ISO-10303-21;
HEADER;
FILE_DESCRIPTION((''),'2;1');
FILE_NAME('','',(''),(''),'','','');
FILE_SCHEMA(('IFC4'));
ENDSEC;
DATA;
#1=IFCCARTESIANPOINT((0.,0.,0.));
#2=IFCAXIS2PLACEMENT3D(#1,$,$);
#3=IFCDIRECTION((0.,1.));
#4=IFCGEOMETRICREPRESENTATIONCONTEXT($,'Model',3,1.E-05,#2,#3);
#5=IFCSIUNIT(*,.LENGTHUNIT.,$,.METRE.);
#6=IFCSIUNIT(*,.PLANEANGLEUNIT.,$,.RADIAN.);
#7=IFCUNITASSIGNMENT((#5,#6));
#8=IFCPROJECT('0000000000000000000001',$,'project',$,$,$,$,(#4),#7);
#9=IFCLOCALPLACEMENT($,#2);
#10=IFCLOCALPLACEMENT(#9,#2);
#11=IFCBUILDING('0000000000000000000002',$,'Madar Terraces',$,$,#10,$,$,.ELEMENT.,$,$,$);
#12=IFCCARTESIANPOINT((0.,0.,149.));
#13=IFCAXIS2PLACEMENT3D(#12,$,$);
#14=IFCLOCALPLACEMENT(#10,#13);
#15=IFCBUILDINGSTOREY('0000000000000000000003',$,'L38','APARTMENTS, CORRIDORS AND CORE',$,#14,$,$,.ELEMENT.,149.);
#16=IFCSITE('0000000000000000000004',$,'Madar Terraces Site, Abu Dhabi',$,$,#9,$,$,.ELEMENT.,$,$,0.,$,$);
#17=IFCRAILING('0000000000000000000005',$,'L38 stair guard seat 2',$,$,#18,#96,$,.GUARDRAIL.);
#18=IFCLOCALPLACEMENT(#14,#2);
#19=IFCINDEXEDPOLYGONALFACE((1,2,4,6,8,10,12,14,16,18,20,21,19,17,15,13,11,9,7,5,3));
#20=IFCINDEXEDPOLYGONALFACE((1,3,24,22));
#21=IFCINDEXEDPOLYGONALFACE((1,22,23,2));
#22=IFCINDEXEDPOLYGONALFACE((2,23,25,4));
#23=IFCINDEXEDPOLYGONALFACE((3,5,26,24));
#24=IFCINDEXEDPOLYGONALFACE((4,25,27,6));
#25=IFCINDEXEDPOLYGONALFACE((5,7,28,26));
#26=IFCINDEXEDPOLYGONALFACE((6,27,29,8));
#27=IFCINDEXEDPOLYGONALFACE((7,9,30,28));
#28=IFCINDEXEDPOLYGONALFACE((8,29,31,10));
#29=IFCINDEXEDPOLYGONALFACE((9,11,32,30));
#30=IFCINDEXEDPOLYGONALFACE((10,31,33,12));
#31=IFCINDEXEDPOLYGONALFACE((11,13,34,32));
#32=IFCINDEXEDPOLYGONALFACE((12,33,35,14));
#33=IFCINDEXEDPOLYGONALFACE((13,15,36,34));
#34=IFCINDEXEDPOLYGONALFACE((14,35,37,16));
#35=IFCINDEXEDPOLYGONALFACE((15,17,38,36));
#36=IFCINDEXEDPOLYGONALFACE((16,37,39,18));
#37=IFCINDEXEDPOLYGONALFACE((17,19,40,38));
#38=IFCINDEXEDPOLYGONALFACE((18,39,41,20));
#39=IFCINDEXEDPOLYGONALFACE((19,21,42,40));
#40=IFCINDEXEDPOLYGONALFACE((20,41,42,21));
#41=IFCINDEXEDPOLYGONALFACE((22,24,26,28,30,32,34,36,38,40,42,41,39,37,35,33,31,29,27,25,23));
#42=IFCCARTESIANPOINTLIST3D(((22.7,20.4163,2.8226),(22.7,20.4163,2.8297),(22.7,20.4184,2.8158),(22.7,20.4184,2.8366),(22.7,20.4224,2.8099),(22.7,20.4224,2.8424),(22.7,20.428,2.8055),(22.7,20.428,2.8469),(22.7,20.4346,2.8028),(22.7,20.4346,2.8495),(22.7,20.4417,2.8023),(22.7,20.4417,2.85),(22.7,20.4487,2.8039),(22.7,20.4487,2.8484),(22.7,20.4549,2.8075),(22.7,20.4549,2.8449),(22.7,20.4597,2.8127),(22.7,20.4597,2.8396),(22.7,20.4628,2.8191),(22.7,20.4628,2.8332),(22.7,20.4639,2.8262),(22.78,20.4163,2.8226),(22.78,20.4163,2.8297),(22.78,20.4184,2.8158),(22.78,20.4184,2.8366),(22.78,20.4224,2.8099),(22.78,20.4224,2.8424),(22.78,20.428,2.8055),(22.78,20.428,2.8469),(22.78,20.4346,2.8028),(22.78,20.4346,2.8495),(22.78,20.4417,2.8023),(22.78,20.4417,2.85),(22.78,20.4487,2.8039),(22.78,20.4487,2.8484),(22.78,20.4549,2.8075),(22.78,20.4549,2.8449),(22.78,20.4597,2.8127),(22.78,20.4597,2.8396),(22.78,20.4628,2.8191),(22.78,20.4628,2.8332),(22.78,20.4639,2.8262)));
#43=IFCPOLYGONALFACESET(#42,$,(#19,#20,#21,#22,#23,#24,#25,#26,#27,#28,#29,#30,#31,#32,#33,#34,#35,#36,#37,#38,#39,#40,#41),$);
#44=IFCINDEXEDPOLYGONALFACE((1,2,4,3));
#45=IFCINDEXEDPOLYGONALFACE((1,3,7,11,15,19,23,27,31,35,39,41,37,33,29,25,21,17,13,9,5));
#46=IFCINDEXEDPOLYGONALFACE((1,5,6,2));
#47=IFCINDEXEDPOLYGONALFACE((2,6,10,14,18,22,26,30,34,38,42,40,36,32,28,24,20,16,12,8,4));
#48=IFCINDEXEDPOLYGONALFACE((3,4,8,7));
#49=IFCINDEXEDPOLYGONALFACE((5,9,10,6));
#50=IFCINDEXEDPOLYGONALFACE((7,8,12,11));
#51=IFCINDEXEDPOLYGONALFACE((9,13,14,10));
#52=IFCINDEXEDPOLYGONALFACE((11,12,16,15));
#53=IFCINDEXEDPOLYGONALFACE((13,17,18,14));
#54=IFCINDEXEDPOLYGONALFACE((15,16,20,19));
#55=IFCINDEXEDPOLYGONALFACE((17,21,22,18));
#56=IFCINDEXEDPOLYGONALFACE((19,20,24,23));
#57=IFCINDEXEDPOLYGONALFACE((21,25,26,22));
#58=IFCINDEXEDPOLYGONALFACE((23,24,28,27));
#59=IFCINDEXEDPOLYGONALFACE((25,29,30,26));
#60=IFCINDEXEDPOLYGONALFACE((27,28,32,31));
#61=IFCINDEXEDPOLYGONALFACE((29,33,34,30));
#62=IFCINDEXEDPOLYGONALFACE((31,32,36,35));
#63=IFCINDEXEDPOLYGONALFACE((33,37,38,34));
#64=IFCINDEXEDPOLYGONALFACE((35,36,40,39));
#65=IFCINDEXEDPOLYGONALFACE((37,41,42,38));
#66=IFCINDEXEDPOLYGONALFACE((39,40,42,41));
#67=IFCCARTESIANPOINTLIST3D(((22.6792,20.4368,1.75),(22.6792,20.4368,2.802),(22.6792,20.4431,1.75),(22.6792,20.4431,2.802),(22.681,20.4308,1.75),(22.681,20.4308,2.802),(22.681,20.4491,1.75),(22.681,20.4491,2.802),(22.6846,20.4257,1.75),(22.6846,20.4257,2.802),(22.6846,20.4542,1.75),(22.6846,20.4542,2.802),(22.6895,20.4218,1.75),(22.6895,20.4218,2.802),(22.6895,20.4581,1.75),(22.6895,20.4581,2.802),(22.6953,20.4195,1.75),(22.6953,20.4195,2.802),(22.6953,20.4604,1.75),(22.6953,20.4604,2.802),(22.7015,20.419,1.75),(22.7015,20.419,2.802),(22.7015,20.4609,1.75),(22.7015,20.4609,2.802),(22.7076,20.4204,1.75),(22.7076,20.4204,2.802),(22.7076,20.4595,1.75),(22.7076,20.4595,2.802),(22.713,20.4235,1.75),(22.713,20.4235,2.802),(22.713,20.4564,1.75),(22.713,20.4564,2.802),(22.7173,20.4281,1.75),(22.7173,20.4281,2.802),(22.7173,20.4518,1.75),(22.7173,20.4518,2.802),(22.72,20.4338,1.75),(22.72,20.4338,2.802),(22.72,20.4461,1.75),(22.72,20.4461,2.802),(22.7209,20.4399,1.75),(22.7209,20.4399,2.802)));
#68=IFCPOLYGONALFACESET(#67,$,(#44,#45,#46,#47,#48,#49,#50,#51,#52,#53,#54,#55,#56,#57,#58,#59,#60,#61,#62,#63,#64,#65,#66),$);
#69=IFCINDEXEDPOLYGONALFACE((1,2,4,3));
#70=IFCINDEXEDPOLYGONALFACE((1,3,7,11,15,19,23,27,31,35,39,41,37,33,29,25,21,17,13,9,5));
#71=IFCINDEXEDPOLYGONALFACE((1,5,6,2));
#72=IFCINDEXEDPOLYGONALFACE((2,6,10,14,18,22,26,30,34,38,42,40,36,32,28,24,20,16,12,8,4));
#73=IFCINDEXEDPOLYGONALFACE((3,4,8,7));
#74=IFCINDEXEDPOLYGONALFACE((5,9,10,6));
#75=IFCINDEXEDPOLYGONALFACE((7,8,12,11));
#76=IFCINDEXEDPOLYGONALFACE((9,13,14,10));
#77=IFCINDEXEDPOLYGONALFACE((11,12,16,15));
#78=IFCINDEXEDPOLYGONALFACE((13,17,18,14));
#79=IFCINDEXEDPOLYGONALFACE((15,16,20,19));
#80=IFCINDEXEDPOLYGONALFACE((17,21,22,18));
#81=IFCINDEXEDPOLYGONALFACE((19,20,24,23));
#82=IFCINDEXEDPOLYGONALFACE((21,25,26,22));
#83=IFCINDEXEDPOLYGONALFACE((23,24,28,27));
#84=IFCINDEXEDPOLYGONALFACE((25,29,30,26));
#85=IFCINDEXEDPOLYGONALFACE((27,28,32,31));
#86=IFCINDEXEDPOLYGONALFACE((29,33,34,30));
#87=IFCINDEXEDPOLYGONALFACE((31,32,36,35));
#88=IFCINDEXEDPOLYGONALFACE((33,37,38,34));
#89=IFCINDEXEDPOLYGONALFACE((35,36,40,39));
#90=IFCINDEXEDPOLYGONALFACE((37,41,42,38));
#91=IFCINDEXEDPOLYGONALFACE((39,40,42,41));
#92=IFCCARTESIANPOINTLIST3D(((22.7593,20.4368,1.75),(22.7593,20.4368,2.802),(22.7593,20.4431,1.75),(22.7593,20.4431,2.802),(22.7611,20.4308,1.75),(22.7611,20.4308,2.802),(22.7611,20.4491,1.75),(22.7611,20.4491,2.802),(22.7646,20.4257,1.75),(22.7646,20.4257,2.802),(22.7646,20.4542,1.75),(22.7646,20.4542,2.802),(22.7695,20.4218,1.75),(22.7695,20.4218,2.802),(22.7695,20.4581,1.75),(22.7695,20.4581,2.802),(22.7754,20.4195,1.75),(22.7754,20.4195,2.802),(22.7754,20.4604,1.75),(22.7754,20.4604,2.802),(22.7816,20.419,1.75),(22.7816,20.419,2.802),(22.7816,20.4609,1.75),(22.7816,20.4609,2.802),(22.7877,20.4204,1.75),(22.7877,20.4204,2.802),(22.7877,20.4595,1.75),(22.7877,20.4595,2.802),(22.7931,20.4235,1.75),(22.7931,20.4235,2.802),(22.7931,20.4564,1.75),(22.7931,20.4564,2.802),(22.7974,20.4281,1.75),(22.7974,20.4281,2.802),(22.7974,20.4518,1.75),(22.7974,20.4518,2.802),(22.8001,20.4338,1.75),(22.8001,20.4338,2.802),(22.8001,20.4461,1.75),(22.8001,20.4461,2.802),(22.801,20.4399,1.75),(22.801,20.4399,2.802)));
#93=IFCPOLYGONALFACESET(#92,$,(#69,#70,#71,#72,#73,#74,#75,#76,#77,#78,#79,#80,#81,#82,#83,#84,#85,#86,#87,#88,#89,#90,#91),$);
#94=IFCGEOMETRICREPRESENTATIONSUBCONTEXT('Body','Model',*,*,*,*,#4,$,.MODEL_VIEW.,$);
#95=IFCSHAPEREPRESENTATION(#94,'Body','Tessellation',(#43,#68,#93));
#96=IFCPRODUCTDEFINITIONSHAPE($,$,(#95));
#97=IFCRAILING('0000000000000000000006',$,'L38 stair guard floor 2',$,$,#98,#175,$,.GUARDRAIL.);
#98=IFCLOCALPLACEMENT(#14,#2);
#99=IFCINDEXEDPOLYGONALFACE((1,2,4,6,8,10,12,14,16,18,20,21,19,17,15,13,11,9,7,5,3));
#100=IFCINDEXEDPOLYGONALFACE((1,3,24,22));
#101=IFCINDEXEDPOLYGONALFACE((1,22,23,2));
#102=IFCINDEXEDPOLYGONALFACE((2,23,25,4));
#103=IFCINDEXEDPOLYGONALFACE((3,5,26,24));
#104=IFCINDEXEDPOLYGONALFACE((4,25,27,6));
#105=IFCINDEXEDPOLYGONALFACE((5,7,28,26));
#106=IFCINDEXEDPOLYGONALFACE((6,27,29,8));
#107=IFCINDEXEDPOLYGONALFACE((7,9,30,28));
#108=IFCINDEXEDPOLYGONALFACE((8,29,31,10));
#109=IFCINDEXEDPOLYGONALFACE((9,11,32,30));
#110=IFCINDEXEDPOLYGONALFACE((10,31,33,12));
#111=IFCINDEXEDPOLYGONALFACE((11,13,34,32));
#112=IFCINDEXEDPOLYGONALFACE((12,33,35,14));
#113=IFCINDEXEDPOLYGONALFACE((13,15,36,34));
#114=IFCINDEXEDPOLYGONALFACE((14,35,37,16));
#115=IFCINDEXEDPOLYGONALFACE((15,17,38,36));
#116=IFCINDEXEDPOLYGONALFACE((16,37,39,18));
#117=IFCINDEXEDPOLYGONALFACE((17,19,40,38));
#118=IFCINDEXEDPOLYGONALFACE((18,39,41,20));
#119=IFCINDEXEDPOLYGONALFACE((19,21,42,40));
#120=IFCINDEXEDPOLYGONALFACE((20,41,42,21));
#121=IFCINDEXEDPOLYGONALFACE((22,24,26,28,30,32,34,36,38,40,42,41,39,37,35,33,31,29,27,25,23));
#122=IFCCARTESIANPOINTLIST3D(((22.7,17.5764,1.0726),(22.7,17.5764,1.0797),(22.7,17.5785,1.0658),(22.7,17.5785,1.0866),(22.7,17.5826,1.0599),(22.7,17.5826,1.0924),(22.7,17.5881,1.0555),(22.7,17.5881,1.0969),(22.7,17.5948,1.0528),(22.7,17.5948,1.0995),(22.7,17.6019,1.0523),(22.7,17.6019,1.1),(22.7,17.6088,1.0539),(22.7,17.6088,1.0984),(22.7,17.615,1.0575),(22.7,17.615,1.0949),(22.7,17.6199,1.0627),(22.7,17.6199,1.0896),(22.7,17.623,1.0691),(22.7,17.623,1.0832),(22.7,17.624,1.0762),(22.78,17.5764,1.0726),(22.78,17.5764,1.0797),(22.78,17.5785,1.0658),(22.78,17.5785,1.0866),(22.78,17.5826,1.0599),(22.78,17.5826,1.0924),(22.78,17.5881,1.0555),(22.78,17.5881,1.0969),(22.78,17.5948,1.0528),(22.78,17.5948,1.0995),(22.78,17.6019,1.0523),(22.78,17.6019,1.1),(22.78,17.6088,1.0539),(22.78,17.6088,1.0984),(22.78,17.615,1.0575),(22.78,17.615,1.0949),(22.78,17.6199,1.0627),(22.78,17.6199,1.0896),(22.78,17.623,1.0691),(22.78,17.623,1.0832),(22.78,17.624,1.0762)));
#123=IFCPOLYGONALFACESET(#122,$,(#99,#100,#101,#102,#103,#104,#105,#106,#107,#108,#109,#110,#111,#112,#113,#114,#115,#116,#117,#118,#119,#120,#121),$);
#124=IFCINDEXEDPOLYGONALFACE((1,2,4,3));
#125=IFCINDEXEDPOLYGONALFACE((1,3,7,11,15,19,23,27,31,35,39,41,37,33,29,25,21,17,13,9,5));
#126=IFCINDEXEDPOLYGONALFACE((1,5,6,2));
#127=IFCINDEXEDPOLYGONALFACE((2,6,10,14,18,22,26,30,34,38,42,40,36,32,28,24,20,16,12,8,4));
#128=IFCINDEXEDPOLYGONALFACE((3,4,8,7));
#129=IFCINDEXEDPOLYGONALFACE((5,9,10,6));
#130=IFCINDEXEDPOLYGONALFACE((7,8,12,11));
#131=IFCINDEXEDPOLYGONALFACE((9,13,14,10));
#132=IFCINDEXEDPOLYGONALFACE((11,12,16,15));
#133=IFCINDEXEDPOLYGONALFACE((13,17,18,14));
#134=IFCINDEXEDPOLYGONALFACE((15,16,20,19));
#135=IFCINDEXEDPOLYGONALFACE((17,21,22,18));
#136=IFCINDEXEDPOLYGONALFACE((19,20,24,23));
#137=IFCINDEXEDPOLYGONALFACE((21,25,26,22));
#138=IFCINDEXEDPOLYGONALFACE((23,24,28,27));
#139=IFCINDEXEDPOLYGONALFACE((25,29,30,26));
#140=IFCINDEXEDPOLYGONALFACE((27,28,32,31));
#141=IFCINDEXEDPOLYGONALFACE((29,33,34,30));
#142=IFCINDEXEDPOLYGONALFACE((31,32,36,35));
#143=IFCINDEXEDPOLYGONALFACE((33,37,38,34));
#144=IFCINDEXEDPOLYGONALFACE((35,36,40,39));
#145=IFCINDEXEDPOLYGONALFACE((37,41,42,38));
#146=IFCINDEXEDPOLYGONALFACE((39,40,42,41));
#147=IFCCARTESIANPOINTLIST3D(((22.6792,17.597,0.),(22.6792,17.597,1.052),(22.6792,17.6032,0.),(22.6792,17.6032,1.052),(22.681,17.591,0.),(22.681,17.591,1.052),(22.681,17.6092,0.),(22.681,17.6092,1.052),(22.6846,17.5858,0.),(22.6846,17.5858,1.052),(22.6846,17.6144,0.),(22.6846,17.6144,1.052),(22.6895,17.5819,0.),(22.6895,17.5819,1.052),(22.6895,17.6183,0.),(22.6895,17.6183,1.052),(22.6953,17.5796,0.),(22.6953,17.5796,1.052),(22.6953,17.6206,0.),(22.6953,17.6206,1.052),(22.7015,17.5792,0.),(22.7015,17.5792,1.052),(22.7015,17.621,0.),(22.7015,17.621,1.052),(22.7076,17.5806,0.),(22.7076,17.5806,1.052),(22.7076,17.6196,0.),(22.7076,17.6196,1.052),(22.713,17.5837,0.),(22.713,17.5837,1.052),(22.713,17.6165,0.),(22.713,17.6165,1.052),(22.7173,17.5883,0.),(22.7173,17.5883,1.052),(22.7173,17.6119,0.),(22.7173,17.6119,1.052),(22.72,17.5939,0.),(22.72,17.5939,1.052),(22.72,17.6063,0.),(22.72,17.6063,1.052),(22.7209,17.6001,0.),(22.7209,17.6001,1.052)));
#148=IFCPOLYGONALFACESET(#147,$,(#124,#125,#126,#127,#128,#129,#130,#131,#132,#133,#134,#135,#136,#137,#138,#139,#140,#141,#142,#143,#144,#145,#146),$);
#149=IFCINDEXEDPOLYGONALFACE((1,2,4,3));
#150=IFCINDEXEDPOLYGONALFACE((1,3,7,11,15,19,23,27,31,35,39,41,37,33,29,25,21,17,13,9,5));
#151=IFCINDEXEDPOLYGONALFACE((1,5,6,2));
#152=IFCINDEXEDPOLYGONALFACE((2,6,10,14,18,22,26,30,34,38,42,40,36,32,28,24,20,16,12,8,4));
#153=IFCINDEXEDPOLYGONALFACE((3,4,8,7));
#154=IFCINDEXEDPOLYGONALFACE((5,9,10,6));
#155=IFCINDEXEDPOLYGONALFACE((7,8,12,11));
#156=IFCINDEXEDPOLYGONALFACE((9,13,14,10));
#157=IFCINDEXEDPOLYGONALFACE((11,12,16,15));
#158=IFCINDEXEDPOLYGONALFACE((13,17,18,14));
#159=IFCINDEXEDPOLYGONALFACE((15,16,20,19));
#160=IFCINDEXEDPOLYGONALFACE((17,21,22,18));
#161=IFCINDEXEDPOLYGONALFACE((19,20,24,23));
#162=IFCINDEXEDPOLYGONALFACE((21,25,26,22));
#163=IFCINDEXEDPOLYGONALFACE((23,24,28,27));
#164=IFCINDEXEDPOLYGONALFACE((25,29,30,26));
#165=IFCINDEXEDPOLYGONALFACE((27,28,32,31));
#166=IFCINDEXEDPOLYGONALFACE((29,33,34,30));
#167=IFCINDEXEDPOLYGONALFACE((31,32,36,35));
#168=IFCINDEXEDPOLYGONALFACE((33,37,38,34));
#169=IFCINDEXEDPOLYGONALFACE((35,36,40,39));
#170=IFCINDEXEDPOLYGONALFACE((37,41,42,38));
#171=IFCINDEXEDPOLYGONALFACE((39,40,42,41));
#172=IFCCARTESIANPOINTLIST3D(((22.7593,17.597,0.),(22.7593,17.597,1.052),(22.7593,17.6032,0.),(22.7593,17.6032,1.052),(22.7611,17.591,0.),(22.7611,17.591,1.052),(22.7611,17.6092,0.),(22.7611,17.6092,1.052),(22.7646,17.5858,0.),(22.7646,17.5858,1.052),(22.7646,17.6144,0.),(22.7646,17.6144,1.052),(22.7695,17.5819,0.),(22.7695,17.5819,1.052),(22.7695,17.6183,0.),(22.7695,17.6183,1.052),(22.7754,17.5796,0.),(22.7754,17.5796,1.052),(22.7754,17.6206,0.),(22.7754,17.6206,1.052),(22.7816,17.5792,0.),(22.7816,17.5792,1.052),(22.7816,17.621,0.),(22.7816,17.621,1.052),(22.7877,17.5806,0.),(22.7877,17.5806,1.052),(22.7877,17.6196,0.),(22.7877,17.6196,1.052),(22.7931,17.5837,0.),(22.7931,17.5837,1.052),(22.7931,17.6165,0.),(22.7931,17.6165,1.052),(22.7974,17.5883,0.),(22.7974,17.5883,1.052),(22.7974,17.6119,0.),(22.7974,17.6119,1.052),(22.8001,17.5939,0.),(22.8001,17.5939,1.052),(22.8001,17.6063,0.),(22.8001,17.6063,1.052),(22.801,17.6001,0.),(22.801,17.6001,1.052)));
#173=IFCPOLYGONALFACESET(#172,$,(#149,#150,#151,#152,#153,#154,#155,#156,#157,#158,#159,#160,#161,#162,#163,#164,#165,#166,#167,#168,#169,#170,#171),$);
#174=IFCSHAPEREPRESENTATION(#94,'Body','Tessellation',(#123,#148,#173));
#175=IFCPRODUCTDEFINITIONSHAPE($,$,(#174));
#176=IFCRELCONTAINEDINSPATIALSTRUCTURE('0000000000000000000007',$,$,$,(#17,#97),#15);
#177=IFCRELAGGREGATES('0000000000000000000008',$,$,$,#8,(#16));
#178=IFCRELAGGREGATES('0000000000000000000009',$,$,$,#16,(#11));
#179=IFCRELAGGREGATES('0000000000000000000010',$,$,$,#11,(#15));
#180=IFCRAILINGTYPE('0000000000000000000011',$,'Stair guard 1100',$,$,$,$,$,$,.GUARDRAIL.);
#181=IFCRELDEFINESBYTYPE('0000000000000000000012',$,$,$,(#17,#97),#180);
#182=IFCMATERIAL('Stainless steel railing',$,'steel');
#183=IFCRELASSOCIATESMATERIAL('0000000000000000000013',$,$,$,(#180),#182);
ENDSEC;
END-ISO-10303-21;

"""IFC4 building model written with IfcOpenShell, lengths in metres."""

from ifc_helpers import new_model, si_unit, direction, frame, origin, origin_2d, place, context, subcontext, project, spatial, circle, extrude, material, type_object, element, save


model = new_model("IFC4")

# Units and contexts
model_context = context("Model", 3, precision=1e-05, world=origin(), true_north=direction((0.0, 1.0)))
body_context = subcontext(model_context, "Body", "Model", "MODEL_VIEW")
ifc_project = project(units=[si_unit("LENGTHUNIT", "METRE"), si_unit("PLANEANGLEUNIT", "RADIAN")], contexts=[model_context])

# Site, building, storey
site_placement = place(None, origin())
site = spatial("IfcSite", under=ifc_project, at=site_placement, Name="Madar Terraces Site, Abu Dhabi", CompositionType="ELEMENT", RefElevation=0.0)
building_placement = place(site_placement, origin())
building = spatial("IfcBuilding", under=site, at=building_placement, Name="Madar Terraces", CompositionType="ELEMENT")
storey_placement = place(building_placement, frame((0.0, 0.0, 149.0)))
storey = spatial("IfcBuildingStorey", under=building, at=storey_placement, Name="L38", Description="APARTMENTS, CORRIDORS AND CORE", CompositionType="ELEMENT", Elevation=149.0)

# Railings
ifc_material_1 = material(Name="Stainless steel railing", Category="steel")
railing_type_1 = type_object("IfcRailingType", Name="Stair guard 1100", PredefinedType="GUARDRAIL", material=ifc_material_1)
for number, where, name in (
    (1, (22.7, 20.4399, 1.75), "L38 stair guard seat 2"),
    (2, (22.7, 17.6001, 0.0), "L38 stair guard floor 2"),
):
    element("IfcRailing", number, at=place(storey_placement, frame(where)), inside=storey, type_object=railing_type_1, Name=name, PredefinedType="GUARDRAIL", context=body_context, shape_type="SweptSolid", body=[
        extrude(circle(Radius=0.0239, at=origin_2d()), frame((0.0, 0.0, 1.0762), z_axis=(1.0, 0.0, 0.0), x_axis=(0.0, 1.0, 0.0)), (0.0, 0.0, 1.0), 0.0801),
        extrude(circle(Radius=0.021, at=origin_2d()), origin(), (0.0, 0.0, 1.0), 1.052),
        extrude(circle(Radius=0.021, at=origin_2d()), frame((0.0801, 0.0, 0.0)), (0.0, 0.0, 1.0), 1.052),
    ])

save(model, "model.ifc")
